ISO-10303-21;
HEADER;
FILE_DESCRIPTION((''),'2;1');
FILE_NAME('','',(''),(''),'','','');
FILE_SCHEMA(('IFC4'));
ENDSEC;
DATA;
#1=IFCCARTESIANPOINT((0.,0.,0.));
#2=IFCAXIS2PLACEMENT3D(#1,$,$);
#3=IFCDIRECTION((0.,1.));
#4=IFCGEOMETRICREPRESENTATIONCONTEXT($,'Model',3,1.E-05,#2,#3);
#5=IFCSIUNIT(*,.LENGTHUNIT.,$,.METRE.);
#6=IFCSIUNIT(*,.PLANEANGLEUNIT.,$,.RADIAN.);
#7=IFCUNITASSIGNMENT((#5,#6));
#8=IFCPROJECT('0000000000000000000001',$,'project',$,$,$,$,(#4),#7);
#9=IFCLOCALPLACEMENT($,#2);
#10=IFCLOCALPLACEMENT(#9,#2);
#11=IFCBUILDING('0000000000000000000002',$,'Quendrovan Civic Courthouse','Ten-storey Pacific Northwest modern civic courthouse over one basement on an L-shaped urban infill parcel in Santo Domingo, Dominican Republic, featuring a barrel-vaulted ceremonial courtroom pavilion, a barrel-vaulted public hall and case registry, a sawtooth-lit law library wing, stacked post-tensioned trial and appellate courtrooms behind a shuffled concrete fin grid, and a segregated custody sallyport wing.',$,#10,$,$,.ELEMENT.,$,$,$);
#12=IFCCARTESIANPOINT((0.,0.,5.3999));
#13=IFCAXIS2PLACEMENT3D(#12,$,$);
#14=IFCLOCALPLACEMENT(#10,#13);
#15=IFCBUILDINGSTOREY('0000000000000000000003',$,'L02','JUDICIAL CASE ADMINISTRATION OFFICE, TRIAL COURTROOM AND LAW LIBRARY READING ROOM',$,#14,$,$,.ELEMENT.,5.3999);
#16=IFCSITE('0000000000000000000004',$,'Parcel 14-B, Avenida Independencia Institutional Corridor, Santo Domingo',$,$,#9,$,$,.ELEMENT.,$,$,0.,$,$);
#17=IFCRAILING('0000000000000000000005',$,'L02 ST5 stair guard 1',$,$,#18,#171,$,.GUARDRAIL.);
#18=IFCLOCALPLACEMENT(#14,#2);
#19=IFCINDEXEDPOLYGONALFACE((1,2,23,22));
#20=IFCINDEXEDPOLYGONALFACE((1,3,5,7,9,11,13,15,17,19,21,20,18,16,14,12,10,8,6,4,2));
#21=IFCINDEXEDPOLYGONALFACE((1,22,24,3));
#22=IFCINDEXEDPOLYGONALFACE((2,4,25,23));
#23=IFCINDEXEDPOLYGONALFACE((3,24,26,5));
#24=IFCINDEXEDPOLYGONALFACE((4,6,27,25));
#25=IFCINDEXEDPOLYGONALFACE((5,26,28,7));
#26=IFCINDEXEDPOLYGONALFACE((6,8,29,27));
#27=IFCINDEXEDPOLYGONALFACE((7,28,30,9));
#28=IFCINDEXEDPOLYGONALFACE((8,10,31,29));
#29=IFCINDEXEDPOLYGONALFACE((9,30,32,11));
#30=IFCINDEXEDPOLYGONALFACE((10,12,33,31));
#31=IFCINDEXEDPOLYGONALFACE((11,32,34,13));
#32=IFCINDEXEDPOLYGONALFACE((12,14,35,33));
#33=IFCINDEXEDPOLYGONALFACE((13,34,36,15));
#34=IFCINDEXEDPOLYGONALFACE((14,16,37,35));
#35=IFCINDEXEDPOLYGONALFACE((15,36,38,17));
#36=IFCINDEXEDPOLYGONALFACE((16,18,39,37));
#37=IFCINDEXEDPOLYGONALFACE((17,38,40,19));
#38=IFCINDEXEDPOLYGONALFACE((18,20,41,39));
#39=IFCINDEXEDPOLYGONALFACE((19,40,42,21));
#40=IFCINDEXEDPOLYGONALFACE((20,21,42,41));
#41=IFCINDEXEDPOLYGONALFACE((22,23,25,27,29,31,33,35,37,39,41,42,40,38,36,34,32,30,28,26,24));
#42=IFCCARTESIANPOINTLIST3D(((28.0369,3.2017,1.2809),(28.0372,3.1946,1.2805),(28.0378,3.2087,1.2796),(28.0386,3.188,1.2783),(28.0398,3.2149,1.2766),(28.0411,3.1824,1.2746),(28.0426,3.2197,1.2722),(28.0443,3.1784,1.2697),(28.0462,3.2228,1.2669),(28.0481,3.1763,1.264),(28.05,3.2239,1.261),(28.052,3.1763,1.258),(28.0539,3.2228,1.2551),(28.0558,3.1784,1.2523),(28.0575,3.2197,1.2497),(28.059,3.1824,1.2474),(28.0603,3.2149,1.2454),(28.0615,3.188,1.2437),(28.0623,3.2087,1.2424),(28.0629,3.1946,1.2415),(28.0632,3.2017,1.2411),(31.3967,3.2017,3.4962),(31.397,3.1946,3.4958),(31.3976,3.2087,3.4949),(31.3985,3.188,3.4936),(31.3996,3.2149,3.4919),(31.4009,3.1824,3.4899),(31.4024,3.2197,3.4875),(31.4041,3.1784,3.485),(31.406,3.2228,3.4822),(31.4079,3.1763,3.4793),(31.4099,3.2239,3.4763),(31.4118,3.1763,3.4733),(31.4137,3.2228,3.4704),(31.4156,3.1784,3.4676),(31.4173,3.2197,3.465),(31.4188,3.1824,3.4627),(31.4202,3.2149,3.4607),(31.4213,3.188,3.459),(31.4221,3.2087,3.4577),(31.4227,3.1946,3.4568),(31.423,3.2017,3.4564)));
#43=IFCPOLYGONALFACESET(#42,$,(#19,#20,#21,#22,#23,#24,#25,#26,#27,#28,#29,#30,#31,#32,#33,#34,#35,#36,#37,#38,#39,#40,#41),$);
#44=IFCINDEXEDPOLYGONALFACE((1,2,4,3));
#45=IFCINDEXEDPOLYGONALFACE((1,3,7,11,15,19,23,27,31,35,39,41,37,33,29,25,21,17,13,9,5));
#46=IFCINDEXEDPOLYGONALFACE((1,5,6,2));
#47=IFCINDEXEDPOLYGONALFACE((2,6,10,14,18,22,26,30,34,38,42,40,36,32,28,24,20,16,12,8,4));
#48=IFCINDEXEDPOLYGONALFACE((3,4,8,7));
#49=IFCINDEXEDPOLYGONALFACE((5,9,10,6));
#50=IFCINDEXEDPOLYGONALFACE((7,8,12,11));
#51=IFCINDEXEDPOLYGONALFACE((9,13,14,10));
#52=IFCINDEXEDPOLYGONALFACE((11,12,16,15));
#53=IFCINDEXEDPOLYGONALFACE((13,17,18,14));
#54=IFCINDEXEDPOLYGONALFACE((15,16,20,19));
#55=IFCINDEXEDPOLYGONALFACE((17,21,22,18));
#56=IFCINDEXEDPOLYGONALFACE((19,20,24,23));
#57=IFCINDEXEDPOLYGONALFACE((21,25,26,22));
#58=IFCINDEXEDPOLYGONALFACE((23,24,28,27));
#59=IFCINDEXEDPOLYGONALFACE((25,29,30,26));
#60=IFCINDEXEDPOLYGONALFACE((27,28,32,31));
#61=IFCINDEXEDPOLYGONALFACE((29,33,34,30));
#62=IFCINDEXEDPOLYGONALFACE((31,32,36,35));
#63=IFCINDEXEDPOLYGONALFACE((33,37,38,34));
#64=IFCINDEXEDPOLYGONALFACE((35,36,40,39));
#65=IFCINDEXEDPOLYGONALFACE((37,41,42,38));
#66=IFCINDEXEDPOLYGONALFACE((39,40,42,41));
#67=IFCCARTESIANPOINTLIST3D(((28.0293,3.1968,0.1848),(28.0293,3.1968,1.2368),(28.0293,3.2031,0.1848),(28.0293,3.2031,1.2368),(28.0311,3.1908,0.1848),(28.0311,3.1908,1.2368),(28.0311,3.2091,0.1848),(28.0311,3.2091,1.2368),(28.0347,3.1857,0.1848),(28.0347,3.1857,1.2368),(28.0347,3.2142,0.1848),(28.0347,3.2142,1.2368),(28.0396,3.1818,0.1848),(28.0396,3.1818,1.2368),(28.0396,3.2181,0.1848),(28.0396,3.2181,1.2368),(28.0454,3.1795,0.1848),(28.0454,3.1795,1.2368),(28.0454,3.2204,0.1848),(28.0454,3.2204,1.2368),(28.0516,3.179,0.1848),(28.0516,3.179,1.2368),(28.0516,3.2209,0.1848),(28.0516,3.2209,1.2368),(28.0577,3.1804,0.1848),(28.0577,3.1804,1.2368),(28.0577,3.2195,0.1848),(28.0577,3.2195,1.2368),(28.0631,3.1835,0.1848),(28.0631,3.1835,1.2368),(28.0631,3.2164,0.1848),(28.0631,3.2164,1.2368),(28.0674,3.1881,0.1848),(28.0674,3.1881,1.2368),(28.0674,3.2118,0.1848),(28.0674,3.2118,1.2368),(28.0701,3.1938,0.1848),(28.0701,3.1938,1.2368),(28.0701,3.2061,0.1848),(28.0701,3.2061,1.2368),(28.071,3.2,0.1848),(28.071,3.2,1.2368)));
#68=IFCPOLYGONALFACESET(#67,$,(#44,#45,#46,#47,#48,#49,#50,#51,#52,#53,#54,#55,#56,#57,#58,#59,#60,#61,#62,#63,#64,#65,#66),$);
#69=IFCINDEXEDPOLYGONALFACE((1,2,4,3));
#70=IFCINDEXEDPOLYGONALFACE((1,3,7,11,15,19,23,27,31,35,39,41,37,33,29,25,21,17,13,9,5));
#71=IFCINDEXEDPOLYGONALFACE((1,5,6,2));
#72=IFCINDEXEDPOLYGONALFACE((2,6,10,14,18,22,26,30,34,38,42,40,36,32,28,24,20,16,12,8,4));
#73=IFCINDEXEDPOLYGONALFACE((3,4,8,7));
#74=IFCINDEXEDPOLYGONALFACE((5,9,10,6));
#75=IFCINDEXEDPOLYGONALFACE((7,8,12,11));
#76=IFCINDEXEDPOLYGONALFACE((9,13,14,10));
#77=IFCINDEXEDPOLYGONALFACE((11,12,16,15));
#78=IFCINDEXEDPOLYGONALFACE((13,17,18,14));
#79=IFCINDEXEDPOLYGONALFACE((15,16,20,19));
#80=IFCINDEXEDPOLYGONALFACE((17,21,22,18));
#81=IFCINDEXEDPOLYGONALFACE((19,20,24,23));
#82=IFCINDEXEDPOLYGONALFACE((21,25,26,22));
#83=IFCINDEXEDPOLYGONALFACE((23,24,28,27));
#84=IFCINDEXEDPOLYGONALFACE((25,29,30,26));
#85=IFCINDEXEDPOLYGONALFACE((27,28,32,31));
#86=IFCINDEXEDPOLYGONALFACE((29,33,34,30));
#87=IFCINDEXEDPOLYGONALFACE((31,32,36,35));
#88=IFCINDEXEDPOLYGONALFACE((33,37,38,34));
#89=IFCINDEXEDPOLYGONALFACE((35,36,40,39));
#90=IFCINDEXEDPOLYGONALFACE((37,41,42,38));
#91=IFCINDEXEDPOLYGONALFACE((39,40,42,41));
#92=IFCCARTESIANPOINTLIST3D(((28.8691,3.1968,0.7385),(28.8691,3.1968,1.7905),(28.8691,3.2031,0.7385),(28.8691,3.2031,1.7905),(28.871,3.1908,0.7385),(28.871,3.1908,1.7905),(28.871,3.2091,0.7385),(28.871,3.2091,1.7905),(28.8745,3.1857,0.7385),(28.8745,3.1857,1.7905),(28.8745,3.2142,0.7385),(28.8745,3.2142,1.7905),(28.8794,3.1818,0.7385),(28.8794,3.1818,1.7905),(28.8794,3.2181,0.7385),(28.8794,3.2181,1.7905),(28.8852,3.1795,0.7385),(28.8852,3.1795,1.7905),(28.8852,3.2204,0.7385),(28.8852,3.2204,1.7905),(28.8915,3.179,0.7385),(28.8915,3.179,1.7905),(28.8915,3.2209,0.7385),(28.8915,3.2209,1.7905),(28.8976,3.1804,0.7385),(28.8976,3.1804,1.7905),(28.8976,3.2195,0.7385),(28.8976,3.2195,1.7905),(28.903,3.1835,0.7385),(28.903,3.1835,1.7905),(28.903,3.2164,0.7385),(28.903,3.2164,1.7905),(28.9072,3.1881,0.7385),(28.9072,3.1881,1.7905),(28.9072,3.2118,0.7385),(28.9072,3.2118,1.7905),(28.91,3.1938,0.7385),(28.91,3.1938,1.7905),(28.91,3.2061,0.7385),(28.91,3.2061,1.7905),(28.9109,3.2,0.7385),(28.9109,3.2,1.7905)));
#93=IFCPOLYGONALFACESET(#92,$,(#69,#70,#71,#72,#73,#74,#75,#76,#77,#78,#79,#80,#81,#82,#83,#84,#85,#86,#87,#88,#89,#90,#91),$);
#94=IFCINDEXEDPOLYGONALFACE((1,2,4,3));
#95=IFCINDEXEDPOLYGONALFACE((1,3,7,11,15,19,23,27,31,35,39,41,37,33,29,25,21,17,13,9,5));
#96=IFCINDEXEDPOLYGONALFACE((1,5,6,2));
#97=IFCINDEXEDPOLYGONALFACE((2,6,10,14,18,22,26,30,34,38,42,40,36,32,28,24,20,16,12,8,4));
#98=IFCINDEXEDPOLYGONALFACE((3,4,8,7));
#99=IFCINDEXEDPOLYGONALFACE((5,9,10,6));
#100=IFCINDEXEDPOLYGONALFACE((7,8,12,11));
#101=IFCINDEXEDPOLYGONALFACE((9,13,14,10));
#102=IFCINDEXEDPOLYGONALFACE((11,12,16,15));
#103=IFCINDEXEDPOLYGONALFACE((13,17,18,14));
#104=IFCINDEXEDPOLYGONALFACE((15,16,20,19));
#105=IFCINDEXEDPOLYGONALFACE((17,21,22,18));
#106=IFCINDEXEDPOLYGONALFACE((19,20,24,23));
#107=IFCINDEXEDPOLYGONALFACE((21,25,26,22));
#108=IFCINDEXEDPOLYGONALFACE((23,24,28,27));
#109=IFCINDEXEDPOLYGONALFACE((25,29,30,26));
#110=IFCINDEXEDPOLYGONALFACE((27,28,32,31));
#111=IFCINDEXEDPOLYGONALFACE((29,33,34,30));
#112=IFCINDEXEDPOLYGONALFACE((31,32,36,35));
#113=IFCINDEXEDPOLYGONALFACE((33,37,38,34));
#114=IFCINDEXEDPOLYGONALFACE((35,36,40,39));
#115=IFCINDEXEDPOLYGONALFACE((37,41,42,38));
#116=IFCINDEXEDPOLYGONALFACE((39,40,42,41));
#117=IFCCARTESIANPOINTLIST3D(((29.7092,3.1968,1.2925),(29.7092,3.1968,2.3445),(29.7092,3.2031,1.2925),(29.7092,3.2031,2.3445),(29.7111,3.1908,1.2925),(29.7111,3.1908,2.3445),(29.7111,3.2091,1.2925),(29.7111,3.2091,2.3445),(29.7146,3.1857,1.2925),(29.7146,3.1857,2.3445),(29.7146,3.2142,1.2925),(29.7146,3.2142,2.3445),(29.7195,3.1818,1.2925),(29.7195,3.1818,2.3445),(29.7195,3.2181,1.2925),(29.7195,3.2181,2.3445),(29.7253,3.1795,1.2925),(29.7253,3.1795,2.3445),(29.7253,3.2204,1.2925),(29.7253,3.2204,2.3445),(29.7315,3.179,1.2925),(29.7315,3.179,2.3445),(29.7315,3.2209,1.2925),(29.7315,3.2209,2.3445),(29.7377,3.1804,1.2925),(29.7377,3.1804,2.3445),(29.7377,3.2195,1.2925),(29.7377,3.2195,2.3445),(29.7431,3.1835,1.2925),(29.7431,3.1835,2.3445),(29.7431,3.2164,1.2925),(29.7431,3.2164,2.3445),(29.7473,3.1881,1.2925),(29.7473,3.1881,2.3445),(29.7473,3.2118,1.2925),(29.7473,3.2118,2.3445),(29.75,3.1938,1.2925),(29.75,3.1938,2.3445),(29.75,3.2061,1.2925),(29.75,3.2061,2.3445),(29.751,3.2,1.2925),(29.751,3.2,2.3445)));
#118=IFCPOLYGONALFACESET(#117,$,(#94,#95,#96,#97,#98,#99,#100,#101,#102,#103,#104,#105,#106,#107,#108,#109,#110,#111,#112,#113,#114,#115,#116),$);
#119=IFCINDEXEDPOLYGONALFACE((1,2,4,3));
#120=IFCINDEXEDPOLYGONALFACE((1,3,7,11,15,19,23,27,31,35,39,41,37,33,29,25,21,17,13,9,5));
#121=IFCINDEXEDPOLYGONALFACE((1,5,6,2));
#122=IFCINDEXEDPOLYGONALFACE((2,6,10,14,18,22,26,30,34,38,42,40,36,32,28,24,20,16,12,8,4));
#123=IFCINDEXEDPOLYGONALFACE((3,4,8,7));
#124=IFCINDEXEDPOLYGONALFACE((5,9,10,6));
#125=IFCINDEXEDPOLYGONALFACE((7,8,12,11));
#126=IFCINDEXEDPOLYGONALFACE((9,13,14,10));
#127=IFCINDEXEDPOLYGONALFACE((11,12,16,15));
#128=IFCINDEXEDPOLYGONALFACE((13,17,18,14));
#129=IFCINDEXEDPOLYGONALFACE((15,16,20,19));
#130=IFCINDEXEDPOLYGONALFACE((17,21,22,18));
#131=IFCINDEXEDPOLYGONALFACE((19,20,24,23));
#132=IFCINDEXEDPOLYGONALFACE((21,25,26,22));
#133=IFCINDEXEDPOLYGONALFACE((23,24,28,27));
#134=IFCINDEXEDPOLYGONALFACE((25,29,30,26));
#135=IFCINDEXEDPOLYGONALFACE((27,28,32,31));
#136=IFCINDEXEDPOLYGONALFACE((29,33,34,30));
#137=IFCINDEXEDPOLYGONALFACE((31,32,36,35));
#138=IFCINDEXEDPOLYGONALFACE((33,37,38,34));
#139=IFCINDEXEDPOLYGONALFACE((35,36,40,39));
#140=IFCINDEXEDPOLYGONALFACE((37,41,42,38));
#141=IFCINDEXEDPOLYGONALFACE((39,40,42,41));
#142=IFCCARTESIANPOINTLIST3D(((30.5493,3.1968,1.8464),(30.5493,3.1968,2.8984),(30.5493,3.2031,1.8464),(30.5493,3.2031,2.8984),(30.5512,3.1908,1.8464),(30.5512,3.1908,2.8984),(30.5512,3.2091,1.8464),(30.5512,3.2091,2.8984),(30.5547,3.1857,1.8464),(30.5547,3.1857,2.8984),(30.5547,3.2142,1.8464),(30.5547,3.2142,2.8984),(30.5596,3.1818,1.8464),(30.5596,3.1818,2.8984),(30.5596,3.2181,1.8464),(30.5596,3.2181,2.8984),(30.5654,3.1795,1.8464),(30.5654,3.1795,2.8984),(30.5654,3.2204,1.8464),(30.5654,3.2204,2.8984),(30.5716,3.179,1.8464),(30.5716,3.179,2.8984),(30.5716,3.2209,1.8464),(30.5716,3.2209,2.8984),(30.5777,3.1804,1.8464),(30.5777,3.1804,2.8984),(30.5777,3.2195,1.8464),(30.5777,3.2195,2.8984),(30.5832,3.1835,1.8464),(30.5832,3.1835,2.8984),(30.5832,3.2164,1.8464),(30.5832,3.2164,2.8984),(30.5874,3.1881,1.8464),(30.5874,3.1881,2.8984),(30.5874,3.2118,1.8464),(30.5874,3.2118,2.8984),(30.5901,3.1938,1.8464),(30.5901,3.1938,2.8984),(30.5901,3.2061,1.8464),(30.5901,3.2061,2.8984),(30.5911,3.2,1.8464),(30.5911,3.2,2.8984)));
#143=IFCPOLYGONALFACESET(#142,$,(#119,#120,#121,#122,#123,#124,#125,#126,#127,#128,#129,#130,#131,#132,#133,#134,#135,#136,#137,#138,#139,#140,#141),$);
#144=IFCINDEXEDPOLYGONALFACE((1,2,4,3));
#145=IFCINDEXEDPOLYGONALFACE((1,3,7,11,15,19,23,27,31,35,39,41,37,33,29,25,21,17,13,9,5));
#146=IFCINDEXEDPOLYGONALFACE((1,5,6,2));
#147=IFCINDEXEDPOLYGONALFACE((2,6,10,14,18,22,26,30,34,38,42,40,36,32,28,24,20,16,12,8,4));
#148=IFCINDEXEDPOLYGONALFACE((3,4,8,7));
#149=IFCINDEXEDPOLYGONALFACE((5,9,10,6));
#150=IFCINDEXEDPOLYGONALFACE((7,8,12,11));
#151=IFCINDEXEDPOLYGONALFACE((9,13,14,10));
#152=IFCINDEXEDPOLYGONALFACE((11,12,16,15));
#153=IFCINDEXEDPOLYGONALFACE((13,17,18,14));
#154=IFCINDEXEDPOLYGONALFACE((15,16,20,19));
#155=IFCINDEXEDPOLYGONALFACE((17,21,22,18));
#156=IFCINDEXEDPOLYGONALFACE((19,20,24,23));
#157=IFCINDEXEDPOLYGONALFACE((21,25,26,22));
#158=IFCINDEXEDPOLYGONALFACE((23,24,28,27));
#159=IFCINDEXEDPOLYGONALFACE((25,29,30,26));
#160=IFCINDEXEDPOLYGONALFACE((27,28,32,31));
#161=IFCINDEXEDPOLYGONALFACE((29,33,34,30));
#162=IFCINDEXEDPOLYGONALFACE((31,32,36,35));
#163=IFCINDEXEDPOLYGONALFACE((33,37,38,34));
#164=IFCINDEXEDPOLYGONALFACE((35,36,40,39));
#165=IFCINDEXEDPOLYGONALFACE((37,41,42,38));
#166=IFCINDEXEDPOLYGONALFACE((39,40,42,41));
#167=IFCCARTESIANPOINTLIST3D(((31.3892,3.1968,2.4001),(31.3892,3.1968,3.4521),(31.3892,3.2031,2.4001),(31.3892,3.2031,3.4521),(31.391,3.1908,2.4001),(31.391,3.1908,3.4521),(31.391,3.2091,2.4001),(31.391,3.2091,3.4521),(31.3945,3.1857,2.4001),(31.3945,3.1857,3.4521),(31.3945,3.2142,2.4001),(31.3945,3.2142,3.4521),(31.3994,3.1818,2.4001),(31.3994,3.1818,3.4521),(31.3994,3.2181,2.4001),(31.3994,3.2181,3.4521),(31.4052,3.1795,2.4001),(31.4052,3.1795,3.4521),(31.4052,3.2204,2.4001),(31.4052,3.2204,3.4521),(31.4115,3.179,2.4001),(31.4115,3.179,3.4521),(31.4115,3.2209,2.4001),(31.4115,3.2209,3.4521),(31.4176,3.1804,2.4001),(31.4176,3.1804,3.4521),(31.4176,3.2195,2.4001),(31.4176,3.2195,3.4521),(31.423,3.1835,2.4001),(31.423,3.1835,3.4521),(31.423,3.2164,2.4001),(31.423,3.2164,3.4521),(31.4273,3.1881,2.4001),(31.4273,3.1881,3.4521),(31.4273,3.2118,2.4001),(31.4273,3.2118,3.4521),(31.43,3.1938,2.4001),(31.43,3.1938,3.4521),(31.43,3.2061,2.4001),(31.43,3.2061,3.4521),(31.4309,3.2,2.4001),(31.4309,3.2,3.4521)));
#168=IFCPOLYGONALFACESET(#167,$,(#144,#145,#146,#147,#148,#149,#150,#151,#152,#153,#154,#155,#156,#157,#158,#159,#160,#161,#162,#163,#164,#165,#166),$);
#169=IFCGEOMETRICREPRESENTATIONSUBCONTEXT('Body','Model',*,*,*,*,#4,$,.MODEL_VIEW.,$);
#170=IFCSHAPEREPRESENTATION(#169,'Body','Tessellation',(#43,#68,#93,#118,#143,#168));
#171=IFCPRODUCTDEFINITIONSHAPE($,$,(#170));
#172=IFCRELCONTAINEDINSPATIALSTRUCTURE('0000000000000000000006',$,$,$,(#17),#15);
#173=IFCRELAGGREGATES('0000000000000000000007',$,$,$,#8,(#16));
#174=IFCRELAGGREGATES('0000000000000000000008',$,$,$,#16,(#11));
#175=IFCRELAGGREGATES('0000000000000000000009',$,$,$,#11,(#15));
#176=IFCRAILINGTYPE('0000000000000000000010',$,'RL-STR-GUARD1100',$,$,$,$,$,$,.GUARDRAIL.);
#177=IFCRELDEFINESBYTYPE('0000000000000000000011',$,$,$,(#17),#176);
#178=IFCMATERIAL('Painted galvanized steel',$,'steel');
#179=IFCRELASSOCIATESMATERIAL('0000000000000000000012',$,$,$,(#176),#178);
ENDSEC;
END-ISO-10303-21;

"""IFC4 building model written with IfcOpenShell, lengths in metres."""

from ifc_helpers import new_model, si_unit, direction, frame, origin, origin_2d, place, context, subcontext, project, spatial, circle, extrude, material, type_object, element, save


model = new_model("IFC4")

# Units and contexts
model_context = context("Model", 3, precision=1e-05, world=origin(), true_north=direction((0.0, 1.0)))
body_context = subcontext(model_context, "Body", "Model", "MODEL_VIEW")
ifc_project = project(units=[si_unit("LENGTHUNIT", "METRE"), si_unit("PLANEANGLEUNIT", "RADIAN")], contexts=[model_context])

# Site, building, storey
site_placement = place(None, origin())
site = spatial("IfcSite", under=ifc_project, at=site_placement, Name="Parcel 14-B, Avenida Independencia Institutional Corridor, Santo Domingo", CompositionType="ELEMENT", RefElevation=0.0)
building_placement = place(site_placement, origin())
building = spatial("IfcBuilding", under=site, at=building_placement, Name="Quendrovan Civic Courthouse", Description="Ten-storey Pacific Northwest modern civic courthouse over one basement on an L-shaped urban infill parcel in Santo Domingo, Dominican Republic, featuring a barrel-vaulted ceremonial courtroom pavilion, a barrel-vaulted public hall and case registry, a sawtooth-lit law library wing, stacked post-tensioned trial and appellate courtrooms behind a shuffled concrete fin grid, and a segregated custody sallyport wing.", CompositionType="ELEMENT")
storey_placement = place(building_placement, frame((0.0, 0.0, 5.3999)))
storey = spatial("IfcBuildingStorey", under=building, at=storey_placement, Name="L02", Description="JUDICIAL CASE ADMINISTRATION OFFICE, TRIAL COURTROOM AND LAW LIBRARY READING ROOM", CompositionType="ELEMENT", Elevation=5.3999)

# Railing
ifc_material_1 = material(Name="Painted galvanized steel", Category="steel")
railing_type_1 = type_object("IfcRailingType", Name="RL-STR-GUARD1100", PredefinedType="GUARDRAIL", material=ifc_material_1)
railing_1_placement = place(storey_placement, frame((28.05, 3.2, 0.1848)))
element("IfcRailing", 1, at=railing_1_placement, inside=storey, type_object=railing_type_1, Name="L02 ST5 stair guard 1", PredefinedType="GUARDRAIL", context=body_context, shape_type="SweptSolid", body=[
    extrude(circle(Radius=0.0239, at=origin_2d()), frame((0.0, 0.0, 1.0762), z_axis=(0.834858, 0.0, 0.550465), x_axis=(0.0, 1.0, 0.0)), (0.0, 0.0, 1.0), 4.0244),
    extrude(circle(Radius=0.021, at=origin_2d()), origin(), (0.0, 0.0, 1.0), 1.052),
    extrude(circle(Radius=0.021, at=origin_2d()), frame((0.8398, 0.0, 0.5537)), (0.0, 0.0, 1.0), 1.052),
    extrude(circle(Radius=0.021, at=origin_2d()), frame((1.6799, 0.0, 1.1077)), (0.0, 0.0, 1.0), 1.052),
    extrude(circle(Radius=0.021, at=origin_2d()), frame((2.52, 0.0, 1.6616)), (0.0, 0.0, 1.0), 1.052),
    extrude(circle(Radius=0.021, at=origin_2d()), frame((3.3599, 0.0, 2.2153)), (0.0, 0.0, 1.0), 1.052),
])

save(model, "model.ifc")
